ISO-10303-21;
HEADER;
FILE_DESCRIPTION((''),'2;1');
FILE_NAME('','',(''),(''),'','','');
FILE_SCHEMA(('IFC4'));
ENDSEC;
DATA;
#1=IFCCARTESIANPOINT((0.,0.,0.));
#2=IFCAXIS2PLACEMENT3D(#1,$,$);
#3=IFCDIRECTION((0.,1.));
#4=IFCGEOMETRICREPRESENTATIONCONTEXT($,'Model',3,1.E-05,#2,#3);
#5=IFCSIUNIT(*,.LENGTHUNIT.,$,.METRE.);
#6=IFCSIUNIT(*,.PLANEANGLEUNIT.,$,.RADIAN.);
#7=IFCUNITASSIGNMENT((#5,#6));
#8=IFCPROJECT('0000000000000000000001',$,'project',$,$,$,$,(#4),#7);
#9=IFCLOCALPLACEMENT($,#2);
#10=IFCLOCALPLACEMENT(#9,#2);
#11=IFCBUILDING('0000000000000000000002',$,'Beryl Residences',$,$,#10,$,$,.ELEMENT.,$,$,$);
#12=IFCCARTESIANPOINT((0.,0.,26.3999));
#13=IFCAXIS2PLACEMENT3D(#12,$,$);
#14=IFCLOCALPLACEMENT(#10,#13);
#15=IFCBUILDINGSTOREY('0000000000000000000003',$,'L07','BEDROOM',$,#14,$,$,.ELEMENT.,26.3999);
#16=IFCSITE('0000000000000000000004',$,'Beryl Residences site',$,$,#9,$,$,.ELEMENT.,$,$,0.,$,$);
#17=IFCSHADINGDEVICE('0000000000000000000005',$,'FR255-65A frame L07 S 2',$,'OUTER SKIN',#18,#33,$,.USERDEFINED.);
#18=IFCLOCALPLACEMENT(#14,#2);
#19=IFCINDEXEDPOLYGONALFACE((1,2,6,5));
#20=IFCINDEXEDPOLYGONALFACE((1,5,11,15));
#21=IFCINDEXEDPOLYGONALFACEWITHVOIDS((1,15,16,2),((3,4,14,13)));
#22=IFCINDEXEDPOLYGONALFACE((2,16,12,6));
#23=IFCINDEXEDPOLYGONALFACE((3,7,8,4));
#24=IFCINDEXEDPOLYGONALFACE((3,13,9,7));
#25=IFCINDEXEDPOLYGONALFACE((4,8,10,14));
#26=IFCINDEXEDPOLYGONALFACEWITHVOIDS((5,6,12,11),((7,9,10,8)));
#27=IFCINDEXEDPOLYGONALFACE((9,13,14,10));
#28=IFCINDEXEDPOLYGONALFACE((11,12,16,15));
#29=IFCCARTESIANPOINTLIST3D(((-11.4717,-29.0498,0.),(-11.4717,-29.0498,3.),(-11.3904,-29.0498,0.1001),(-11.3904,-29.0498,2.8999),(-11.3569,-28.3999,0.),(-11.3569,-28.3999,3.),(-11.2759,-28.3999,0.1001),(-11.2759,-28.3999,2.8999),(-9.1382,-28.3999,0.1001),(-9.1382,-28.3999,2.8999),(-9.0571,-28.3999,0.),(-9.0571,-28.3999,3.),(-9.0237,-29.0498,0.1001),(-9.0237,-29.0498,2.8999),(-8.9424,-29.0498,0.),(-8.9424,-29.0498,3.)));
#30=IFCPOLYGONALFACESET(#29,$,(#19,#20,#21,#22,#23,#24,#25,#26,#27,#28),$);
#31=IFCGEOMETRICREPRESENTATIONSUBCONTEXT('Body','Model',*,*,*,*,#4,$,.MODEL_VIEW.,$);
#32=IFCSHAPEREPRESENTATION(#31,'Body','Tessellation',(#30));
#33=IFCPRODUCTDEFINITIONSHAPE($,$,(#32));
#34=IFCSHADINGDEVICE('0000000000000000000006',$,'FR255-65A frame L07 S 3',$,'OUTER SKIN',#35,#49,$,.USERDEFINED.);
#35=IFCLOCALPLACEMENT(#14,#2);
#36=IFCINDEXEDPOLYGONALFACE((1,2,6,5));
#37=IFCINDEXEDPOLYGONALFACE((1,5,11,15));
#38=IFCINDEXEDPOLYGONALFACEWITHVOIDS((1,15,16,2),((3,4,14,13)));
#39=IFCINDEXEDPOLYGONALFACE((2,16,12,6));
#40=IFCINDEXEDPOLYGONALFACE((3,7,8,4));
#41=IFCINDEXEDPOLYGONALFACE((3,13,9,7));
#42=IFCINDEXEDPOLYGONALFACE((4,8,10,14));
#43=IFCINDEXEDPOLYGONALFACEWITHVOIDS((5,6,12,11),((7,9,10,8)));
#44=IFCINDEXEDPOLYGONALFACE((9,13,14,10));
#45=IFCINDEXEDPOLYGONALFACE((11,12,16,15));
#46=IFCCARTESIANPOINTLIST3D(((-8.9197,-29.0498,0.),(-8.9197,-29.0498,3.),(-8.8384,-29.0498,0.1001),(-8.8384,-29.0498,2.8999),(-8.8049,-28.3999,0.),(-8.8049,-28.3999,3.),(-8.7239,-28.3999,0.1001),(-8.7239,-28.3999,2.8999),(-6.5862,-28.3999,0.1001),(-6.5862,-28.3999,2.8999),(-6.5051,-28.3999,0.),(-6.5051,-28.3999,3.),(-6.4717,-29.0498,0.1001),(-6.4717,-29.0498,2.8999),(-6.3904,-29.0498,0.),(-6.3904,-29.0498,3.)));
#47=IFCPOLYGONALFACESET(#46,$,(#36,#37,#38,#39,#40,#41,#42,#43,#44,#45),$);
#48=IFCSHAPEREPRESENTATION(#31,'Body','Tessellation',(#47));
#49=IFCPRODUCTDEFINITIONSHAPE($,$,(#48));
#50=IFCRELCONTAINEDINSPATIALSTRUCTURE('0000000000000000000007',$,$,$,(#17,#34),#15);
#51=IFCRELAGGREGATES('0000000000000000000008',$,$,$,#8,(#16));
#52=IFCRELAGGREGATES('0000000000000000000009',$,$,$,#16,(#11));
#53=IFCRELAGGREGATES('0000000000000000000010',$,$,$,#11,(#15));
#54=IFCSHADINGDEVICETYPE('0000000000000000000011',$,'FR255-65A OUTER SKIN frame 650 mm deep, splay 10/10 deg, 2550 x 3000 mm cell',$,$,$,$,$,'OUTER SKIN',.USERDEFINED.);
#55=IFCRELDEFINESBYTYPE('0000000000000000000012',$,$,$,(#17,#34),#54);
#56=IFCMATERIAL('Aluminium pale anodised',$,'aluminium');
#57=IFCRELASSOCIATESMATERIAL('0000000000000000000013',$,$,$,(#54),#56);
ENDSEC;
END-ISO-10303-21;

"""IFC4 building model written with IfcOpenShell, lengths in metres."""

from ifc_helpers import new_model, entity, si_unit, direction, frame, origin, place, context, subcontext, project, spatial, source, transform, mapped, material, type_object, type_shapes, element, save


model = new_model("IFC4")

# Units and contexts
model_context = context("Model", 3, precision=1e-05, world=origin(), true_north=direction((0.0, 1.0)))
body_context = subcontext(model_context, "Body", "Model", "MODEL_VIEW")
ifc_project = project(units=[si_unit("LENGTHUNIT", "METRE"), si_unit("PLANEANGLEUNIT", "RADIAN")], contexts=[model_context])

# Site, building, storey
site_placement = place(None, origin())
site = spatial("IfcSite", under=ifc_project, at=site_placement, Name="Beryl Residences site", CompositionType="ELEMENT", RefElevation=0.0)
building_placement = place(site_placement, origin())
building = spatial("IfcBuilding", under=site, at=building_placement, Name="Beryl Residences", CompositionType="ELEMENT")
storey_placement = place(building_placement, frame((0.0, 0.0, 26.3999)))
storey = spatial("IfcBuildingStorey", under=building, at=storey_placement, Name="L07", Description="BEDROOM", CompositionType="ELEMENT", Elevation=26.3999)

# Shading devices
ifc_material_1 = material(Name="Aluminium pale anodised", Category="aluminium")
shading_device_type_1 = type_object("IfcShadingDeviceType", Name="FR255-65A OUTER SKIN frame 650 mm deep, splay 10/10 deg, 2550 x 3000 mm cell", ElementType="OUTER SKIN", PredefinedType="USERDEFINED", material=ifc_material_1)
cartesian_point_1 = entity("IfcCartesianPoint", [-1.1499, 0.0])
cartesian_point_2 = entity("IfcCartesianPoint", [-1.0688, 0.1001])
cartesian_point_3 = entity("IfcCartesianPoint", [-1.2646, 0.0])
cartesian_point_4 = entity("IfcCartesianPoint", [-1.1833, 0.1001])
shared_shape_1 = source(origin(), body_context, "Body", "SweptSolid", [
    entity("IfcExtrudedAreaSolidTapered", entity("IfcArbitraryProfileDefWithVoids", "AREA", None, entity("IfcPolyline", [cartesian_point_1, entity("IfcCartesianPoint", [1.1499, 0.0]), entity("IfcCartesianPoint", [1.1499, 3.0]), entity("IfcCartesianPoint", [-1.1499, 3.0]), cartesian_point_1]), [entity("IfcPolyline", [cartesian_point_2, entity("IfcCartesianPoint", [1.0688, 0.1001]), entity("IfcCartesianPoint", [1.0688, 2.8999]), entity("IfcCartesianPoint", [-1.0688, 2.8999]), cartesian_point_2])]), entity("IfcAxis2Placement3D", entity("IfcCartesianPoint", [0.0, 0.0, 0.0]), entity("IfcDirection", [0.0, 1.0, 0.0]), entity("IfcDirection", [-1.0, 0.0, 0.0])), entity("IfcDirection", [0.0, 0.0, 1.0]), 0.6499, entity("IfcArbitraryProfileDefWithVoids", "AREA", None, entity("IfcPolyline", [cartesian_point_3, entity("IfcCartesianPoint", [1.2646, 0.0]), entity("IfcCartesianPoint", [1.2646, 3.0]), entity("IfcCartesianPoint", [-1.2646, 3.0]), cartesian_point_3]), [entity("IfcPolyline", [cartesian_point_4, entity("IfcCartesianPoint", [1.1833, 0.1001]), entity("IfcCartesianPoint", [1.1833, 2.8999]), entity("IfcCartesianPoint", [-1.1833, 2.8999]), cartesian_point_4])])),
])
type_shapes(shading_device_type_1, [shared_shape_1])
for number, where, z_axis, x_axis, name in (
    (1, (-10.207, -28.3999, 0.0), (0.0, 0.0, 1.0), (-1.0, 0.0, 0.0), "FR255-65A frame L07 S 2"),
    (2, (-7.655, -28.3999, 0.0), (0.0, 0.0, 1.0), (-1.0, 0.0, 0.0), "FR255-65A frame L07 S 3"),
):
    element("IfcShadingDevice", number, at=place(storey_placement, frame(where, z_axis=z_axis, x_axis=x_axis)), inside=storey, type_object=shading_device_type_1, Name=name, ObjectType="OUTER SKIN", PredefinedType="USERDEFINED", context=body_context, shape_type="MappedRepresentation", body=[
        mapped(shared_shape_1, transform((0.0, 0.0, 0.0))),
    ])

save(model, "model.ifc")
